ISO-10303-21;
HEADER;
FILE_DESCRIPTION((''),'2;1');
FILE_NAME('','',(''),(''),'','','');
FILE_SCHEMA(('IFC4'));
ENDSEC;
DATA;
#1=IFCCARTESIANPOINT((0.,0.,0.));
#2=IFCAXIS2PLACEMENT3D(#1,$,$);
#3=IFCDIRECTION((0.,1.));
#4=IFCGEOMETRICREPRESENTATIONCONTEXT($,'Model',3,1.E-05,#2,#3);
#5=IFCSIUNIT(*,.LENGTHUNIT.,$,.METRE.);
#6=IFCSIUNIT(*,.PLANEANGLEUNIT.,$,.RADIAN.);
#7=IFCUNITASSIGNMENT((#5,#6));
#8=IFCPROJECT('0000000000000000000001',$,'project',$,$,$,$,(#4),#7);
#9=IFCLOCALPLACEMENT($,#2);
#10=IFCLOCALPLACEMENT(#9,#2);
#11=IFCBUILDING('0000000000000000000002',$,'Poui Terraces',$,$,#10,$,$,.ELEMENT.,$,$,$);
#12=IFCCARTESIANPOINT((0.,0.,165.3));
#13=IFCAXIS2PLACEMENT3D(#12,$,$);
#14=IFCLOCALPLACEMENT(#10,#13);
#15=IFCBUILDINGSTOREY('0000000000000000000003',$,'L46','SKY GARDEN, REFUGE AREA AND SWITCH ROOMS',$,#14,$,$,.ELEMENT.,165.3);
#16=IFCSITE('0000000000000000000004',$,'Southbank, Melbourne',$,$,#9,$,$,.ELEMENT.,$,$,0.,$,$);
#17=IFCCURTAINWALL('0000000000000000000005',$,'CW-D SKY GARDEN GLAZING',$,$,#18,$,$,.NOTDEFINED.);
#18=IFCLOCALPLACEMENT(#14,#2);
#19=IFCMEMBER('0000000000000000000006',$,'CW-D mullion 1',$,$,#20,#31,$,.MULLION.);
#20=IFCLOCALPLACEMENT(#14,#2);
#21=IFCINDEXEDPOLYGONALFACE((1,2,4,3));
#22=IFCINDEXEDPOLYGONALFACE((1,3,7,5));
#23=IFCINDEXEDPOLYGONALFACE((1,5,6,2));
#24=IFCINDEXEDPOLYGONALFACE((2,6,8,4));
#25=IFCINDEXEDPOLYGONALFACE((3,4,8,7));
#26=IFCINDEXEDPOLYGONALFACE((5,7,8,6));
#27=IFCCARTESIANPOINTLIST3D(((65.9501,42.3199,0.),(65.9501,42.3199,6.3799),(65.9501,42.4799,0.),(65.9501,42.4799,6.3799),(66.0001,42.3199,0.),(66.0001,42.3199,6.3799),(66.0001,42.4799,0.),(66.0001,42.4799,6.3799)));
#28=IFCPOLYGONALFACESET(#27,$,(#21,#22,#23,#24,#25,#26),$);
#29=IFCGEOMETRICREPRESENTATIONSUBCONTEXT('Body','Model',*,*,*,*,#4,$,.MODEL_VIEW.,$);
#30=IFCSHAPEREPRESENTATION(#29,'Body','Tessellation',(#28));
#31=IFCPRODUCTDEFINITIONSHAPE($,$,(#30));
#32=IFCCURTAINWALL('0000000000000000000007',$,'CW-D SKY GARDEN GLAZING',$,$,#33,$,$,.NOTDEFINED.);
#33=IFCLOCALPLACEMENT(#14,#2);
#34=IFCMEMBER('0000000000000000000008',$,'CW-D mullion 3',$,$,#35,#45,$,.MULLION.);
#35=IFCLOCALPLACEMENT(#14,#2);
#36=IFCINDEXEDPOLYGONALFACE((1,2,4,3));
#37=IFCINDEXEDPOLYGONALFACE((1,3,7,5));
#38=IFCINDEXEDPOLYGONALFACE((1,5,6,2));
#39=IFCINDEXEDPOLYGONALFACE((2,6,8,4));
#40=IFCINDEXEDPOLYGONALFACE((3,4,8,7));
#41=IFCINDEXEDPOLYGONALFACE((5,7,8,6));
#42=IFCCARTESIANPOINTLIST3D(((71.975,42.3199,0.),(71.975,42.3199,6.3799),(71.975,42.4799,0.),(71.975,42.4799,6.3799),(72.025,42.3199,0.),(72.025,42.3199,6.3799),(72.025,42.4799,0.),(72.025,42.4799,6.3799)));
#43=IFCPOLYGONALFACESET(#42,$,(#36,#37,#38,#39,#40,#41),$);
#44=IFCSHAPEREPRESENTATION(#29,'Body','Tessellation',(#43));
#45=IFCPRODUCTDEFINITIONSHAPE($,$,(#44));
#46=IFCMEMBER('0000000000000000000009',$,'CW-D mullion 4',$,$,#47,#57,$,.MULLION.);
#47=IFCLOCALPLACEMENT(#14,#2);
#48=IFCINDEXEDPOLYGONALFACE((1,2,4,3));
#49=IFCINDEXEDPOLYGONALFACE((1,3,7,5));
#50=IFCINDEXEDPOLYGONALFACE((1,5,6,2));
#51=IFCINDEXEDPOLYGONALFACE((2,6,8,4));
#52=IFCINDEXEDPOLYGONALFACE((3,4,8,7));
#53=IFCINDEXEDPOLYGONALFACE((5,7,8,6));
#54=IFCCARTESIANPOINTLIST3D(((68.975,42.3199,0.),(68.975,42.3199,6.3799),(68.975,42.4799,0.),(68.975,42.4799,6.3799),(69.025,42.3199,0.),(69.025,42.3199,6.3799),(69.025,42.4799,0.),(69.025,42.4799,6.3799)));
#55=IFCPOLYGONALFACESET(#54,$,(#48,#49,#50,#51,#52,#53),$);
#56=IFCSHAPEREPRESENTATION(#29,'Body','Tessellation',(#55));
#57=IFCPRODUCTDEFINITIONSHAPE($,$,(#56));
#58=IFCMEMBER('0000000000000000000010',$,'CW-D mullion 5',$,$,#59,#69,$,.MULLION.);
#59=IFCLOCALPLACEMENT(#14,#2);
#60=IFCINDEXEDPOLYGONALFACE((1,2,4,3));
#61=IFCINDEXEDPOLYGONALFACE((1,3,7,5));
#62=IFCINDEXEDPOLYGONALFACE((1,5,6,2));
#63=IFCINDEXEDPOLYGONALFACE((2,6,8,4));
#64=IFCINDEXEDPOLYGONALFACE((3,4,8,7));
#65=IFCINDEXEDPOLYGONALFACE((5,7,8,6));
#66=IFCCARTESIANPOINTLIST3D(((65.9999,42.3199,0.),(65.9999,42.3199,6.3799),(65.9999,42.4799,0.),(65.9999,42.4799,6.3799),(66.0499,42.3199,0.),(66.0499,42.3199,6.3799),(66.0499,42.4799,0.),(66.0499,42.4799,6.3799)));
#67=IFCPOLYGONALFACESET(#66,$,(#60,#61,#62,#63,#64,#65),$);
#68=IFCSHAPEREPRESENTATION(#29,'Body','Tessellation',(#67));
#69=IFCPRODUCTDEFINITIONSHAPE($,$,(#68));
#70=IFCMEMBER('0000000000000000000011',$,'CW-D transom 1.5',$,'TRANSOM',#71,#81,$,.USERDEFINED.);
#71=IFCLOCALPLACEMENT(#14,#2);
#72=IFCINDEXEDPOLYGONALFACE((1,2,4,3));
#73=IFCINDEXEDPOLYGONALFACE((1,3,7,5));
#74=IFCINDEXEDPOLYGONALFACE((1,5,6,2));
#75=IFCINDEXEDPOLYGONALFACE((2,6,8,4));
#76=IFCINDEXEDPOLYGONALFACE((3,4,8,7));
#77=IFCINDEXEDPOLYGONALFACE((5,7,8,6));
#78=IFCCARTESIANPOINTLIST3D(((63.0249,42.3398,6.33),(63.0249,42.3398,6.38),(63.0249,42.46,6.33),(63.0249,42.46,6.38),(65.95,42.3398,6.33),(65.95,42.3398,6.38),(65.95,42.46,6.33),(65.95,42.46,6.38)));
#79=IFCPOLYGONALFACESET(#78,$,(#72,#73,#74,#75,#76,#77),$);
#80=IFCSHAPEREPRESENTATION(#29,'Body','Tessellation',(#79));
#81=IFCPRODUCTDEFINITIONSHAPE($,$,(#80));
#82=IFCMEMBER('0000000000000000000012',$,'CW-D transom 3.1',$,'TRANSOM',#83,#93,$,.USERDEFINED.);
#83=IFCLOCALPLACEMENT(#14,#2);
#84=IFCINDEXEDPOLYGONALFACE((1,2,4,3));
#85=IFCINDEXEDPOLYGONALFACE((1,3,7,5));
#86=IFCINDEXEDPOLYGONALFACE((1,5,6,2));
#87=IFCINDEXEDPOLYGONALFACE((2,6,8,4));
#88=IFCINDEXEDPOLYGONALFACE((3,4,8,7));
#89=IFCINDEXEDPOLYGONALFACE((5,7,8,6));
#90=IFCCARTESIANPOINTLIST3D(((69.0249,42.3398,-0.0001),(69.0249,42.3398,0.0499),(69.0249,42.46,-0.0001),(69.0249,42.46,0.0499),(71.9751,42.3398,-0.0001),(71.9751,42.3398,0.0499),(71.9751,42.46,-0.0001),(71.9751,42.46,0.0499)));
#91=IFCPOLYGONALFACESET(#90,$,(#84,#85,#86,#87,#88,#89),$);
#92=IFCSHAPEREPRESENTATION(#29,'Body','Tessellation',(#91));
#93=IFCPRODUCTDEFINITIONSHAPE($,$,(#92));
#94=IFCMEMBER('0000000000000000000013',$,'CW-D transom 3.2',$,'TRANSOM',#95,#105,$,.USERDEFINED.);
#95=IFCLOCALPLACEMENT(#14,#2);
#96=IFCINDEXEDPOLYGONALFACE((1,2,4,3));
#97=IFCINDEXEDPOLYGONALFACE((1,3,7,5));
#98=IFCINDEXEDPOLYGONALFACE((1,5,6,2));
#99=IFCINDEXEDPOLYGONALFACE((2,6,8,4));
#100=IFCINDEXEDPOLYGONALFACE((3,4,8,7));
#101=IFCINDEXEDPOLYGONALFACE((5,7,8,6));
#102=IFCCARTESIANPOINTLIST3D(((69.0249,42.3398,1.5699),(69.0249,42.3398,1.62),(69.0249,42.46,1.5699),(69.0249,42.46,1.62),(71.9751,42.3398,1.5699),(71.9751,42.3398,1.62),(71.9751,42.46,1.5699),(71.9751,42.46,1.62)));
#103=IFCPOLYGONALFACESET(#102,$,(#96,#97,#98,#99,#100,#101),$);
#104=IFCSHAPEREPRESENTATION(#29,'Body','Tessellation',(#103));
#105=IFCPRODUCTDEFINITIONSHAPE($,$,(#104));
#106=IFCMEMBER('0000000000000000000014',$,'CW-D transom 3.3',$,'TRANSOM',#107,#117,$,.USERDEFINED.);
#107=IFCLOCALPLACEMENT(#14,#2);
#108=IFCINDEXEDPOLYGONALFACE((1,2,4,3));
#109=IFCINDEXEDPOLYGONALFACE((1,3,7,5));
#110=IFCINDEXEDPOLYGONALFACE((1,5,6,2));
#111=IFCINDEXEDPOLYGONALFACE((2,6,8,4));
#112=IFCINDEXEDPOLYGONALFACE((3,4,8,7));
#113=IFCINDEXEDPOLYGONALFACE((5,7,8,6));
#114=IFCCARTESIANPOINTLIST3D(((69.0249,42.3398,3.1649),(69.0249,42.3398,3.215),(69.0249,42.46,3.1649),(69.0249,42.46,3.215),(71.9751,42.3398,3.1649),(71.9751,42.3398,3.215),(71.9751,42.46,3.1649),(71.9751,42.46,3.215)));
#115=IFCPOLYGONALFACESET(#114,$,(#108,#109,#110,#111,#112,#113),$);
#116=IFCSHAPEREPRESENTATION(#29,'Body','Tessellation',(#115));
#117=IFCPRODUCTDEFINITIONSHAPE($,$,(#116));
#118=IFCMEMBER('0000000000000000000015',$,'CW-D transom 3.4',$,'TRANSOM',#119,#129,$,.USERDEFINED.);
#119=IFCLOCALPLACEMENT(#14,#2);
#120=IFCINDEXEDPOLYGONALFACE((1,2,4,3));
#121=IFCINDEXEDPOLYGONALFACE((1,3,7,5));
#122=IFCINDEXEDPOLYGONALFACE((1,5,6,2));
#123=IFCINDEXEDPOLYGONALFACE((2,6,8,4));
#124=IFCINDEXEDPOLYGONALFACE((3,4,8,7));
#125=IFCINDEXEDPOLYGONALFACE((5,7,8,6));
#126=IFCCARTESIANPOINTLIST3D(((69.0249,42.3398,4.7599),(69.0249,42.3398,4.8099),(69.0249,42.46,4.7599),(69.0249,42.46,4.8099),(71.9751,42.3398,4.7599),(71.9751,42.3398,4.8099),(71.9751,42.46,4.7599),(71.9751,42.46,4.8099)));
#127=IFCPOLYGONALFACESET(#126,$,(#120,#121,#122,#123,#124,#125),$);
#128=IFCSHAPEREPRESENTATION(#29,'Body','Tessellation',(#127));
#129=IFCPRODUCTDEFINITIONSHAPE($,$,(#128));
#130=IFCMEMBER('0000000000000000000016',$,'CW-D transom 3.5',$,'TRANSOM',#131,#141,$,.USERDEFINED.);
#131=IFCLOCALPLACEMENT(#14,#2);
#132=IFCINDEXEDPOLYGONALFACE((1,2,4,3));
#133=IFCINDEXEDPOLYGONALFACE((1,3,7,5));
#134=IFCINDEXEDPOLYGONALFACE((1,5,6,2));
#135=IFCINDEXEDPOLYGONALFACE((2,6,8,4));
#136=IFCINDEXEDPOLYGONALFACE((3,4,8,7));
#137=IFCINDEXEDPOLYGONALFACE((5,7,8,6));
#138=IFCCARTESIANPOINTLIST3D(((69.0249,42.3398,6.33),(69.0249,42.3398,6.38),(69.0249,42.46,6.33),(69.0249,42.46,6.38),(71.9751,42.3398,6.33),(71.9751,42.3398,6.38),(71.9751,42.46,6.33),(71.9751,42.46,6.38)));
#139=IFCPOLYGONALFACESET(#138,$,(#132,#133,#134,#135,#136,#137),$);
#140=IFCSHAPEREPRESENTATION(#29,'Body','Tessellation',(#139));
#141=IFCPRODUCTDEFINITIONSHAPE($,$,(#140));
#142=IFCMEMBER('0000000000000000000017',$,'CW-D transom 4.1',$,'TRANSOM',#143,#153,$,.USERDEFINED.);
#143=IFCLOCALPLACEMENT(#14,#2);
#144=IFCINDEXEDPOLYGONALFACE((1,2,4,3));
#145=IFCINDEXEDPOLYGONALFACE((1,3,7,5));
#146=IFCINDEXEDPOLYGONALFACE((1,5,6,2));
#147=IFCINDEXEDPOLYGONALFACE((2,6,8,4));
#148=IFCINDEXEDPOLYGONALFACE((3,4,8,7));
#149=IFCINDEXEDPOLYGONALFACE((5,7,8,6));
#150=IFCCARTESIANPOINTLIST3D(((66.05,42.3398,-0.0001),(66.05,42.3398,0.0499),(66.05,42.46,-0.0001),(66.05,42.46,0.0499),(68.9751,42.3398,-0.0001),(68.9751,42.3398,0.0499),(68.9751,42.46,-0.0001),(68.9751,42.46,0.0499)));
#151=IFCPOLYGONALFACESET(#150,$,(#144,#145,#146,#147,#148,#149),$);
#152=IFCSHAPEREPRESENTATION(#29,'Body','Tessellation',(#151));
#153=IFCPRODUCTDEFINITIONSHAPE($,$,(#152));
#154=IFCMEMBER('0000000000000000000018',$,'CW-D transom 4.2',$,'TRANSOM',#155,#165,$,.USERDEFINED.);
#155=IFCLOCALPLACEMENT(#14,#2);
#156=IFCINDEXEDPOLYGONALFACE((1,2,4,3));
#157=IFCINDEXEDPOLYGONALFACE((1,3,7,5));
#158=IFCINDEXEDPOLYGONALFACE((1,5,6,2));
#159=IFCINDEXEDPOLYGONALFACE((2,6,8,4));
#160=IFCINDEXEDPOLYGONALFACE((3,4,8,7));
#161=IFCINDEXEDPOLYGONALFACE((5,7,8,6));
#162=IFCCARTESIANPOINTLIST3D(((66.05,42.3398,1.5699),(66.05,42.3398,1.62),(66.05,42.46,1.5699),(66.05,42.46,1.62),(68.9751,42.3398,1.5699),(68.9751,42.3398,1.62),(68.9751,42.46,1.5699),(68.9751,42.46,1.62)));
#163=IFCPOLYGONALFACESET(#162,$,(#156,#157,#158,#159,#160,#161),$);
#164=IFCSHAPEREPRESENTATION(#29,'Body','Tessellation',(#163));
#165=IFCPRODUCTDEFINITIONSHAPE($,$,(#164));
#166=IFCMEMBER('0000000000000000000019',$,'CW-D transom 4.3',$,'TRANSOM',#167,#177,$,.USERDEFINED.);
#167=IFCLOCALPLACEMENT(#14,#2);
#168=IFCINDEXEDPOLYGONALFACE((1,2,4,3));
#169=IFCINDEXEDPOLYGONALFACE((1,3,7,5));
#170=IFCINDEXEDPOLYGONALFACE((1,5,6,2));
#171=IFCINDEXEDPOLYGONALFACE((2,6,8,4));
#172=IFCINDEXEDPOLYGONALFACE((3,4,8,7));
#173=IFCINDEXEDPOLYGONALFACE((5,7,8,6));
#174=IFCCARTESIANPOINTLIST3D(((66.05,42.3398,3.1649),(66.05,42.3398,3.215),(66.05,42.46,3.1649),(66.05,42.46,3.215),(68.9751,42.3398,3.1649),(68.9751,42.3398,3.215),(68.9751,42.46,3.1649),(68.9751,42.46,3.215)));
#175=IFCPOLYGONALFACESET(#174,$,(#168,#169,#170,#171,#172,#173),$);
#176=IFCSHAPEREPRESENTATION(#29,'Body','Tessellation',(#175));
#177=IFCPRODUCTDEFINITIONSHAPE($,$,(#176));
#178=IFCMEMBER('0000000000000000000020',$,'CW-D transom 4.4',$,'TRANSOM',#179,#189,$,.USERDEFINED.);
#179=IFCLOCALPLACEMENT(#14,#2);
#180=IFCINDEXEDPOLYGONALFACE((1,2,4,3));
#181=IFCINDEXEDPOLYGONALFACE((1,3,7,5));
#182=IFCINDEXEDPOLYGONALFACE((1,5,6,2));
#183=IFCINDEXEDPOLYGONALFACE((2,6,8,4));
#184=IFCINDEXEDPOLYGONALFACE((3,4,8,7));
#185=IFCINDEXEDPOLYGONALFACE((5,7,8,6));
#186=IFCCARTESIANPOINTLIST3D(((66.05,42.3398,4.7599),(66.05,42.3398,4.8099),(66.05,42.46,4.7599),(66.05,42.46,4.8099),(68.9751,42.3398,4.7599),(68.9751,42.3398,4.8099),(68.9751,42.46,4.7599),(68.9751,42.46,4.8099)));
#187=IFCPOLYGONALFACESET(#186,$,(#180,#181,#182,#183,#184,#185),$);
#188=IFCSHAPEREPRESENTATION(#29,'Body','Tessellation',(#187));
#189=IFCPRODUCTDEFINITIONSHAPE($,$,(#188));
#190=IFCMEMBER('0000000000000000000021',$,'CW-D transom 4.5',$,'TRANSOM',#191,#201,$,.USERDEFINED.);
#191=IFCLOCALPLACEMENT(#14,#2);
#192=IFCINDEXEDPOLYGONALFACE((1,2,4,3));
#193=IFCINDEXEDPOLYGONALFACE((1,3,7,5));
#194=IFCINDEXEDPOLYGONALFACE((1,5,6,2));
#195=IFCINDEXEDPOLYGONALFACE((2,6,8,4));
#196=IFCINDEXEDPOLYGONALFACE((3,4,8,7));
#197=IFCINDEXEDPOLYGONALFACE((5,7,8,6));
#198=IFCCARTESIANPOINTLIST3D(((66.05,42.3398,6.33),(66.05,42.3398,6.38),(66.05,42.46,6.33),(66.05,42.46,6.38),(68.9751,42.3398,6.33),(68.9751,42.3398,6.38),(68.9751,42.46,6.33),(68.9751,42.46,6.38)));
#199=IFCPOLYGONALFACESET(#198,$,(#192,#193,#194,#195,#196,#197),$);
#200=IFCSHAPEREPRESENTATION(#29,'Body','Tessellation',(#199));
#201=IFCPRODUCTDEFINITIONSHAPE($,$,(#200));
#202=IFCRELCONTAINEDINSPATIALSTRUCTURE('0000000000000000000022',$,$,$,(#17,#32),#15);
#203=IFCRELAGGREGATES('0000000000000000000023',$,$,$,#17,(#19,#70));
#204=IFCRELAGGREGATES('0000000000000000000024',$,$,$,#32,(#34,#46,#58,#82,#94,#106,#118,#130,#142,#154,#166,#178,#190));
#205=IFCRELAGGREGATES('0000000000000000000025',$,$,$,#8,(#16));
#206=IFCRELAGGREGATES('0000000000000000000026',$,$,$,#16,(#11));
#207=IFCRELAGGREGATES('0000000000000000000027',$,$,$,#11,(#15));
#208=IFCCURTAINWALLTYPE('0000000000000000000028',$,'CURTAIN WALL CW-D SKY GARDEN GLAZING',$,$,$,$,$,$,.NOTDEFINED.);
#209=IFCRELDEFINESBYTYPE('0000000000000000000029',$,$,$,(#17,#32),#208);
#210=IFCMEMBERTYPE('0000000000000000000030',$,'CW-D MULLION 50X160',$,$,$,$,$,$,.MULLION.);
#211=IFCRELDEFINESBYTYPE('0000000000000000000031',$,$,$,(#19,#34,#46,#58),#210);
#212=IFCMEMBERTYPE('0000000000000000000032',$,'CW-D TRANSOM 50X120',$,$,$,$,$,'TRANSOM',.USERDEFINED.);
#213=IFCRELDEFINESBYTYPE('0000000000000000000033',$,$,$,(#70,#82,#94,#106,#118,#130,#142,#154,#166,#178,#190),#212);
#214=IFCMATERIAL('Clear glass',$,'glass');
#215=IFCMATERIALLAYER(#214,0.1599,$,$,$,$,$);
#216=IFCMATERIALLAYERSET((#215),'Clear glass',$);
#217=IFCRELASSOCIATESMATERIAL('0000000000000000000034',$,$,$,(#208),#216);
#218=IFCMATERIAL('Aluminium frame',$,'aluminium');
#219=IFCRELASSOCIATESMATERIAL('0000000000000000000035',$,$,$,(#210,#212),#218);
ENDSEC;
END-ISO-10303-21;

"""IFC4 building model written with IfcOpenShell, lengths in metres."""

from ifc_helpers import new_model, si_unit, direction, frame, origin, origin_2d, place, context, subcontext, project, spatial, rectangle, extrude, material, layer, layer_set, material_profile, profile_set, type_object, element, aggregate, save


model = new_model("IFC4")

# Units and contexts
model_context = context("Model", 3, precision=1e-05, world=origin(), true_north=direction((0.0, 1.0)))
body_context = subcontext(model_context, "Body", "Model", "MODEL_VIEW")
ifc_project = project(units=[si_unit("LENGTHUNIT", "METRE"), si_unit("PLANEANGLEUNIT", "RADIAN")], contexts=[model_context])

# Site, building, storey
site_placement = place(None, origin())
site = spatial("IfcSite", under=ifc_project, at=site_placement, Name="Southbank, Melbourne", CompositionType="ELEMENT", RefElevation=0.0)
building_placement = place(site_placement, origin())
building = spatial("IfcBuilding", under=site, at=building_placement, Name="Poui Terraces", CompositionType="ELEMENT")
storey_placement = place(building_placement, frame((0.0, 0.0, 165.3)))
storey = spatial("IfcBuildingStorey", under=building, at=storey_placement, Name="L46", Description="SKY GARDEN, REFUGE AREA AND SWITCH ROOMS", CompositionType="ELEMENT", Elevation=165.3)

# Curtain wall, member
ifc_material_1 = material(Name="Clear glass", Category="glass")
ifc_layer_1 = layer(ifc_material_1, 0.1599)
ifc_layer_set_1 = layer_set([ifc_layer_1], Name="Clear glass")
curtain_wall_type = type_object("IfcCurtainWallType", Name="CURTAIN WALL CW-D SKY GARDEN GLAZING", PredefinedType="NOTDEFINED", material=ifc_layer_set_1)
curtain_wall_1_placement = place(storey_placement, origin())
curtain_wall_1 = element("IfcCurtainWall", 1, at=curtain_wall_1_placement, inside=storey, type_object=curtain_wall_type, Name="CW-D SKY GARDEN GLAZING", PredefinedType="NOTDEFINED")
ifc_material_2 = material(Name="Aluminium frame", Category="aluminium")
ifc_material_profile_1 = material_profile(ifc_material_2, rectangle(XDim=0.1599, YDim=0.05, at=origin_2d()), Name="CW-D MULLION 50X160")
ifc_profile_set_1 = profile_set([ifc_material_profile_1], Name="Aluminium frame")
member_type_1 = type_object("IfcMemberType", Name="CW-D MULLION 50X160", PredefinedType="MULLION", material=ifc_profile_set_1)
member_1_placement = place(storey_placement, frame((65.9751, 42.3999, 0.0), z_axis=(0.0, 0.0, 1.0), x_axis=(0.0, -1.0, 0.0)))
member_1 = element("IfcMember", 2, at=member_1_placement, type_object=member_type_1, Name="CW-D mullion 1", PredefinedType="MULLION", context=body_context, shape_type="SweptSolid", body=[
    extrude(rectangle(XDim=0.1599, YDim=0.05, at=origin_2d()), origin(), (0.0, 0.0, 1.0), 6.3799),
])

# Curtain wall, members
curtain_wall_2_placement = place(storey_placement, origin())
curtain_wall_2 = element("IfcCurtainWall", 3, at=curtain_wall_2_placement, inside=storey, type_object=curtain_wall_type, Name="CW-D SKY GARDEN GLAZING", PredefinedType="NOTDEFINED")
member_2_placement = place(storey_placement, frame((72.0, 42.3999, 0.0), z_axis=(0.0, 0.0, 1.0), x_axis=(0.0, -1.0, 0.0)))
member_2 = element("IfcMember", 4, at=member_2_placement, type_object=member_type_1, Name="CW-D mullion 3", PredefinedType="MULLION", context=body_context, shape_type="SweptSolid", body=[
    extrude(rectangle(XDim=0.1599, YDim=0.05, at=origin_2d()), origin(), (0.0, 0.0, 1.0), 6.3799),
])
member_3_placement = place(storey_placement, frame((69.0, 42.3999, 0.0), z_axis=(0.0, 0.0, 1.0), x_axis=(0.0, -1.0, 0.0)))
member_3 = element("IfcMember", 5, at=member_3_placement, type_object=member_type_1, Name="CW-D mullion 4", PredefinedType="MULLION", context=body_context, shape_type="SweptSolid", body=[
    extrude(rectangle(XDim=0.1599, YDim=0.05, at=origin_2d()), origin(), (0.0, 0.0, 1.0), 6.3799),
])
member_4_placement = place(storey_placement, frame((66.0249, 42.3999, 0.0), z_axis=(0.0, 0.0, 1.0), x_axis=(0.0, -1.0, 0.0)))
member_4 = element("IfcMember", 6, at=member_4_placement, type_object=member_type_1, Name="CW-D mullion 5", PredefinedType="MULLION", context=body_context, shape_type="SweptSolid", body=[
    extrude(rectangle(XDim=0.1599, YDim=0.05, at=origin_2d()), origin(), (0.0, 0.0, 1.0), 6.3799),
])

# Members
ifc_material_profile_2 = material_profile(ifc_material_2, rectangle(XDim=0.1201, YDim=0.05, at=origin_2d()), Name="CW-D TRANSOM 50X120")
ifc_profile_set_2 = profile_set([ifc_material_profile_2], Name="Aluminium frame")
member_type_2 = type_object("IfcMemberType", Name="CW-D TRANSOM 50X120", ElementType="TRANSOM", PredefinedType="USERDEFINED", material=ifc_profile_set_2)
member_5_placement = place(storey_placement, frame((65.95, 42.3999, 6.355), z_axis=(-1.0, 0.0, 0.0), x_axis=(0.0, -1.0, 0.0)))
member_5 = element("IfcMember", 7, at=member_5_placement, type_object=member_type_2, Name="CW-D transom 1.5", ObjectType="TRANSOM", PredefinedType="USERDEFINED", context=body_context, shape_type="SweptSolid", body=[
    extrude(rectangle(XDim=0.1201, YDim=0.05, at=origin_2d()), origin(), (0.0, 0.0, 1.0), 2.925),
])
aggregate(curtain_wall_1, [member_1, member_5])
member_6_placement = place(storey_placement, frame((71.9751, 42.3999, 0.0249), z_axis=(-1.0, 0.0, 0.0), x_axis=(0.0, -1.0, 0.0)))
member_6 = element("IfcMember", 8, at=member_6_placement, type_object=member_type_2, Name="CW-D transom 3.1", ObjectType="TRANSOM", PredefinedType="USERDEFINED", context=body_context, shape_type="SweptSolid", body=[
    extrude(rectangle(XDim=0.1201, YDim=0.05, at=origin_2d()), origin(), (0.0, 0.0, 1.0), 2.9502),
])
member_7_placement = place(storey_placement, frame((71.9751, 42.3999, 1.595), z_axis=(-1.0, 0.0, 0.0), x_axis=(0.0, -1.0, 0.0)))
member_7 = element("IfcMember", 9, at=member_7_placement, type_object=member_type_2, Name="CW-D transom 3.2", ObjectType="TRANSOM", PredefinedType="USERDEFINED", context=body_context, shape_type="SweptSolid", body=[
    extrude(rectangle(XDim=0.1201, YDim=0.05, at=origin_2d()), origin(), (0.0, 0.0, 1.0), 2.9502),
])
member_8_placement = place(storey_placement, frame((71.9751, 42.3999, 3.1899), z_axis=(-1.0, 0.0, 0.0), x_axis=(0.0, -1.0, 0.0)))
member_8 = element("IfcMember", 10, at=member_8_placement, type_object=member_type_2, Name="CW-D transom 3.3", ObjectType="TRANSOM", PredefinedType="USERDEFINED", context=body_context, shape_type="SweptSolid", body=[
    extrude(rectangle(XDim=0.1201, YDim=0.05, at=origin_2d()), origin(), (0.0, 0.0, 1.0), 2.9502),
])
member_9_placement = place(storey_placement, frame((71.9751, 42.3999, 4.7849), z_axis=(-1.0, 0.0, 0.0), x_axis=(0.0, -1.0, 0.0)))
member_9 = element("IfcMember", 11, at=member_9_placement, type_object=member_type_2, Name="CW-D transom 3.4", ObjectType="TRANSOM", PredefinedType="USERDEFINED", context=body_context, shape_type="SweptSolid", body=[
    extrude(rectangle(XDim=0.1201, YDim=0.05, at=origin_2d()), origin(), (0.0, 0.0, 1.0), 2.9502),
])
member_10_placement = place(storey_placement, frame((71.9751, 42.3999, 6.355), z_axis=(-1.0, 0.0, 0.0), x_axis=(0.0, -1.0, 0.0)))
member_10 = element("IfcMember", 12, at=member_10_placement, type_object=member_type_2, Name="CW-D transom 3.5", ObjectType="TRANSOM", PredefinedType="USERDEFINED", context=body_context, shape_type="SweptSolid", body=[
    extrude(rectangle(XDim=0.1201, YDim=0.05, at=origin_2d()), origin(), (0.0, 0.0, 1.0), 2.9502),
])
member_11_placement = place(storey_placement, frame((68.9751, 42.3999, 0.0249), z_axis=(-1.0, 0.0, 0.0), x_axis=(0.0, -1.0, 0.0)))
member_11 = element("IfcMember", 13, at=member_11_placement, type_object=member_type_2, Name="CW-D transom 4.1", ObjectType="TRANSOM", PredefinedType="USERDEFINED", context=body_context, shape_type="SweptSolid", body=[
    extrude(rectangle(XDim=0.1201, YDim=0.05, at=origin_2d()), origin(), (0.0, 0.0, 1.0), 2.925),
])
member_12_placement = place(storey_placement, frame((68.9751, 42.3999, 1.595), z_axis=(-1.0, 0.0, 0.0), x_axis=(0.0, -1.0, 0.0)))
member_12 = element("IfcMember", 14, at=member_12_placement, type_object=member_type_2, Name="CW-D transom 4.2", ObjectType="TRANSOM", PredefinedType="USERDEFINED", context=body_context, shape_type="SweptSolid", body=[
    extrude(rectangle(XDim=0.1201, YDim=0.05, at=origin_2d()), origin(), (0.0, 0.0, 1.0), 2.925),
])
member_13_placement = place(storey_placement, frame((68.9751, 42.3999, 3.1899), z_axis=(-1.0, 0.0, 0.0), x_axis=(0.0, -1.0, 0.0)))
member_13 = element("IfcMember", 15, at=member_13_placement, type_object=member_type_2, Name="CW-D transom 4.3", ObjectType="TRANSOM", PredefinedType="USERDEFINED", context=body_context, shape_type="SweptSolid", body=[
    extrude(rectangle(XDim=0.1201, YDim=0.05, at=origin_2d()), origin(), (0.0, 0.0, 1.0), 2.925),
])
member_14_placement = place(storey_placement, frame((68.9751, 42.3999, 4.7849), z_axis=(-1.0, 0.0, 0.0), x_axis=(0.0, -1.0, 0.0)))
member_14 = element("IfcMember", 16, at=member_14_placement, type_object=member_type_2, Name="CW-D transom 4.4", ObjectType="TRANSOM", PredefinedType="USERDEFINED", context=body_context, shape_type="SweptSolid", body=[
    extrude(rectangle(XDim=0.1201, YDim=0.05, at=origin_2d()), origin(), (0.0, 0.0, 1.0), 2.925),
])
member_15_placement = place(storey_placement, frame((68.9751, 42.3999, 6.355), z_axis=(-1.0, 0.0, 0.0), x_axis=(0.0, -1.0, 0.0)))
member_15 = element("IfcMember", 17, at=member_15_placement, type_object=member_type_2, Name="CW-D transom 4.5", ObjectType="TRANSOM", PredefinedType="USERDEFINED", context=body_context, shape_type="SweptSolid", body=[
    extrude(rectangle(XDim=0.1201, YDim=0.05, at=origin_2d()), origin(), (0.0, 0.0, 1.0), 2.925),
])

aggregate(curtain_wall_2, [member_2, member_3, member_4, member_6, member_7, member_8, member_9, member_10, member_11, member_12, member_13, member_14, member_15])

save(model, "model.ifc")
